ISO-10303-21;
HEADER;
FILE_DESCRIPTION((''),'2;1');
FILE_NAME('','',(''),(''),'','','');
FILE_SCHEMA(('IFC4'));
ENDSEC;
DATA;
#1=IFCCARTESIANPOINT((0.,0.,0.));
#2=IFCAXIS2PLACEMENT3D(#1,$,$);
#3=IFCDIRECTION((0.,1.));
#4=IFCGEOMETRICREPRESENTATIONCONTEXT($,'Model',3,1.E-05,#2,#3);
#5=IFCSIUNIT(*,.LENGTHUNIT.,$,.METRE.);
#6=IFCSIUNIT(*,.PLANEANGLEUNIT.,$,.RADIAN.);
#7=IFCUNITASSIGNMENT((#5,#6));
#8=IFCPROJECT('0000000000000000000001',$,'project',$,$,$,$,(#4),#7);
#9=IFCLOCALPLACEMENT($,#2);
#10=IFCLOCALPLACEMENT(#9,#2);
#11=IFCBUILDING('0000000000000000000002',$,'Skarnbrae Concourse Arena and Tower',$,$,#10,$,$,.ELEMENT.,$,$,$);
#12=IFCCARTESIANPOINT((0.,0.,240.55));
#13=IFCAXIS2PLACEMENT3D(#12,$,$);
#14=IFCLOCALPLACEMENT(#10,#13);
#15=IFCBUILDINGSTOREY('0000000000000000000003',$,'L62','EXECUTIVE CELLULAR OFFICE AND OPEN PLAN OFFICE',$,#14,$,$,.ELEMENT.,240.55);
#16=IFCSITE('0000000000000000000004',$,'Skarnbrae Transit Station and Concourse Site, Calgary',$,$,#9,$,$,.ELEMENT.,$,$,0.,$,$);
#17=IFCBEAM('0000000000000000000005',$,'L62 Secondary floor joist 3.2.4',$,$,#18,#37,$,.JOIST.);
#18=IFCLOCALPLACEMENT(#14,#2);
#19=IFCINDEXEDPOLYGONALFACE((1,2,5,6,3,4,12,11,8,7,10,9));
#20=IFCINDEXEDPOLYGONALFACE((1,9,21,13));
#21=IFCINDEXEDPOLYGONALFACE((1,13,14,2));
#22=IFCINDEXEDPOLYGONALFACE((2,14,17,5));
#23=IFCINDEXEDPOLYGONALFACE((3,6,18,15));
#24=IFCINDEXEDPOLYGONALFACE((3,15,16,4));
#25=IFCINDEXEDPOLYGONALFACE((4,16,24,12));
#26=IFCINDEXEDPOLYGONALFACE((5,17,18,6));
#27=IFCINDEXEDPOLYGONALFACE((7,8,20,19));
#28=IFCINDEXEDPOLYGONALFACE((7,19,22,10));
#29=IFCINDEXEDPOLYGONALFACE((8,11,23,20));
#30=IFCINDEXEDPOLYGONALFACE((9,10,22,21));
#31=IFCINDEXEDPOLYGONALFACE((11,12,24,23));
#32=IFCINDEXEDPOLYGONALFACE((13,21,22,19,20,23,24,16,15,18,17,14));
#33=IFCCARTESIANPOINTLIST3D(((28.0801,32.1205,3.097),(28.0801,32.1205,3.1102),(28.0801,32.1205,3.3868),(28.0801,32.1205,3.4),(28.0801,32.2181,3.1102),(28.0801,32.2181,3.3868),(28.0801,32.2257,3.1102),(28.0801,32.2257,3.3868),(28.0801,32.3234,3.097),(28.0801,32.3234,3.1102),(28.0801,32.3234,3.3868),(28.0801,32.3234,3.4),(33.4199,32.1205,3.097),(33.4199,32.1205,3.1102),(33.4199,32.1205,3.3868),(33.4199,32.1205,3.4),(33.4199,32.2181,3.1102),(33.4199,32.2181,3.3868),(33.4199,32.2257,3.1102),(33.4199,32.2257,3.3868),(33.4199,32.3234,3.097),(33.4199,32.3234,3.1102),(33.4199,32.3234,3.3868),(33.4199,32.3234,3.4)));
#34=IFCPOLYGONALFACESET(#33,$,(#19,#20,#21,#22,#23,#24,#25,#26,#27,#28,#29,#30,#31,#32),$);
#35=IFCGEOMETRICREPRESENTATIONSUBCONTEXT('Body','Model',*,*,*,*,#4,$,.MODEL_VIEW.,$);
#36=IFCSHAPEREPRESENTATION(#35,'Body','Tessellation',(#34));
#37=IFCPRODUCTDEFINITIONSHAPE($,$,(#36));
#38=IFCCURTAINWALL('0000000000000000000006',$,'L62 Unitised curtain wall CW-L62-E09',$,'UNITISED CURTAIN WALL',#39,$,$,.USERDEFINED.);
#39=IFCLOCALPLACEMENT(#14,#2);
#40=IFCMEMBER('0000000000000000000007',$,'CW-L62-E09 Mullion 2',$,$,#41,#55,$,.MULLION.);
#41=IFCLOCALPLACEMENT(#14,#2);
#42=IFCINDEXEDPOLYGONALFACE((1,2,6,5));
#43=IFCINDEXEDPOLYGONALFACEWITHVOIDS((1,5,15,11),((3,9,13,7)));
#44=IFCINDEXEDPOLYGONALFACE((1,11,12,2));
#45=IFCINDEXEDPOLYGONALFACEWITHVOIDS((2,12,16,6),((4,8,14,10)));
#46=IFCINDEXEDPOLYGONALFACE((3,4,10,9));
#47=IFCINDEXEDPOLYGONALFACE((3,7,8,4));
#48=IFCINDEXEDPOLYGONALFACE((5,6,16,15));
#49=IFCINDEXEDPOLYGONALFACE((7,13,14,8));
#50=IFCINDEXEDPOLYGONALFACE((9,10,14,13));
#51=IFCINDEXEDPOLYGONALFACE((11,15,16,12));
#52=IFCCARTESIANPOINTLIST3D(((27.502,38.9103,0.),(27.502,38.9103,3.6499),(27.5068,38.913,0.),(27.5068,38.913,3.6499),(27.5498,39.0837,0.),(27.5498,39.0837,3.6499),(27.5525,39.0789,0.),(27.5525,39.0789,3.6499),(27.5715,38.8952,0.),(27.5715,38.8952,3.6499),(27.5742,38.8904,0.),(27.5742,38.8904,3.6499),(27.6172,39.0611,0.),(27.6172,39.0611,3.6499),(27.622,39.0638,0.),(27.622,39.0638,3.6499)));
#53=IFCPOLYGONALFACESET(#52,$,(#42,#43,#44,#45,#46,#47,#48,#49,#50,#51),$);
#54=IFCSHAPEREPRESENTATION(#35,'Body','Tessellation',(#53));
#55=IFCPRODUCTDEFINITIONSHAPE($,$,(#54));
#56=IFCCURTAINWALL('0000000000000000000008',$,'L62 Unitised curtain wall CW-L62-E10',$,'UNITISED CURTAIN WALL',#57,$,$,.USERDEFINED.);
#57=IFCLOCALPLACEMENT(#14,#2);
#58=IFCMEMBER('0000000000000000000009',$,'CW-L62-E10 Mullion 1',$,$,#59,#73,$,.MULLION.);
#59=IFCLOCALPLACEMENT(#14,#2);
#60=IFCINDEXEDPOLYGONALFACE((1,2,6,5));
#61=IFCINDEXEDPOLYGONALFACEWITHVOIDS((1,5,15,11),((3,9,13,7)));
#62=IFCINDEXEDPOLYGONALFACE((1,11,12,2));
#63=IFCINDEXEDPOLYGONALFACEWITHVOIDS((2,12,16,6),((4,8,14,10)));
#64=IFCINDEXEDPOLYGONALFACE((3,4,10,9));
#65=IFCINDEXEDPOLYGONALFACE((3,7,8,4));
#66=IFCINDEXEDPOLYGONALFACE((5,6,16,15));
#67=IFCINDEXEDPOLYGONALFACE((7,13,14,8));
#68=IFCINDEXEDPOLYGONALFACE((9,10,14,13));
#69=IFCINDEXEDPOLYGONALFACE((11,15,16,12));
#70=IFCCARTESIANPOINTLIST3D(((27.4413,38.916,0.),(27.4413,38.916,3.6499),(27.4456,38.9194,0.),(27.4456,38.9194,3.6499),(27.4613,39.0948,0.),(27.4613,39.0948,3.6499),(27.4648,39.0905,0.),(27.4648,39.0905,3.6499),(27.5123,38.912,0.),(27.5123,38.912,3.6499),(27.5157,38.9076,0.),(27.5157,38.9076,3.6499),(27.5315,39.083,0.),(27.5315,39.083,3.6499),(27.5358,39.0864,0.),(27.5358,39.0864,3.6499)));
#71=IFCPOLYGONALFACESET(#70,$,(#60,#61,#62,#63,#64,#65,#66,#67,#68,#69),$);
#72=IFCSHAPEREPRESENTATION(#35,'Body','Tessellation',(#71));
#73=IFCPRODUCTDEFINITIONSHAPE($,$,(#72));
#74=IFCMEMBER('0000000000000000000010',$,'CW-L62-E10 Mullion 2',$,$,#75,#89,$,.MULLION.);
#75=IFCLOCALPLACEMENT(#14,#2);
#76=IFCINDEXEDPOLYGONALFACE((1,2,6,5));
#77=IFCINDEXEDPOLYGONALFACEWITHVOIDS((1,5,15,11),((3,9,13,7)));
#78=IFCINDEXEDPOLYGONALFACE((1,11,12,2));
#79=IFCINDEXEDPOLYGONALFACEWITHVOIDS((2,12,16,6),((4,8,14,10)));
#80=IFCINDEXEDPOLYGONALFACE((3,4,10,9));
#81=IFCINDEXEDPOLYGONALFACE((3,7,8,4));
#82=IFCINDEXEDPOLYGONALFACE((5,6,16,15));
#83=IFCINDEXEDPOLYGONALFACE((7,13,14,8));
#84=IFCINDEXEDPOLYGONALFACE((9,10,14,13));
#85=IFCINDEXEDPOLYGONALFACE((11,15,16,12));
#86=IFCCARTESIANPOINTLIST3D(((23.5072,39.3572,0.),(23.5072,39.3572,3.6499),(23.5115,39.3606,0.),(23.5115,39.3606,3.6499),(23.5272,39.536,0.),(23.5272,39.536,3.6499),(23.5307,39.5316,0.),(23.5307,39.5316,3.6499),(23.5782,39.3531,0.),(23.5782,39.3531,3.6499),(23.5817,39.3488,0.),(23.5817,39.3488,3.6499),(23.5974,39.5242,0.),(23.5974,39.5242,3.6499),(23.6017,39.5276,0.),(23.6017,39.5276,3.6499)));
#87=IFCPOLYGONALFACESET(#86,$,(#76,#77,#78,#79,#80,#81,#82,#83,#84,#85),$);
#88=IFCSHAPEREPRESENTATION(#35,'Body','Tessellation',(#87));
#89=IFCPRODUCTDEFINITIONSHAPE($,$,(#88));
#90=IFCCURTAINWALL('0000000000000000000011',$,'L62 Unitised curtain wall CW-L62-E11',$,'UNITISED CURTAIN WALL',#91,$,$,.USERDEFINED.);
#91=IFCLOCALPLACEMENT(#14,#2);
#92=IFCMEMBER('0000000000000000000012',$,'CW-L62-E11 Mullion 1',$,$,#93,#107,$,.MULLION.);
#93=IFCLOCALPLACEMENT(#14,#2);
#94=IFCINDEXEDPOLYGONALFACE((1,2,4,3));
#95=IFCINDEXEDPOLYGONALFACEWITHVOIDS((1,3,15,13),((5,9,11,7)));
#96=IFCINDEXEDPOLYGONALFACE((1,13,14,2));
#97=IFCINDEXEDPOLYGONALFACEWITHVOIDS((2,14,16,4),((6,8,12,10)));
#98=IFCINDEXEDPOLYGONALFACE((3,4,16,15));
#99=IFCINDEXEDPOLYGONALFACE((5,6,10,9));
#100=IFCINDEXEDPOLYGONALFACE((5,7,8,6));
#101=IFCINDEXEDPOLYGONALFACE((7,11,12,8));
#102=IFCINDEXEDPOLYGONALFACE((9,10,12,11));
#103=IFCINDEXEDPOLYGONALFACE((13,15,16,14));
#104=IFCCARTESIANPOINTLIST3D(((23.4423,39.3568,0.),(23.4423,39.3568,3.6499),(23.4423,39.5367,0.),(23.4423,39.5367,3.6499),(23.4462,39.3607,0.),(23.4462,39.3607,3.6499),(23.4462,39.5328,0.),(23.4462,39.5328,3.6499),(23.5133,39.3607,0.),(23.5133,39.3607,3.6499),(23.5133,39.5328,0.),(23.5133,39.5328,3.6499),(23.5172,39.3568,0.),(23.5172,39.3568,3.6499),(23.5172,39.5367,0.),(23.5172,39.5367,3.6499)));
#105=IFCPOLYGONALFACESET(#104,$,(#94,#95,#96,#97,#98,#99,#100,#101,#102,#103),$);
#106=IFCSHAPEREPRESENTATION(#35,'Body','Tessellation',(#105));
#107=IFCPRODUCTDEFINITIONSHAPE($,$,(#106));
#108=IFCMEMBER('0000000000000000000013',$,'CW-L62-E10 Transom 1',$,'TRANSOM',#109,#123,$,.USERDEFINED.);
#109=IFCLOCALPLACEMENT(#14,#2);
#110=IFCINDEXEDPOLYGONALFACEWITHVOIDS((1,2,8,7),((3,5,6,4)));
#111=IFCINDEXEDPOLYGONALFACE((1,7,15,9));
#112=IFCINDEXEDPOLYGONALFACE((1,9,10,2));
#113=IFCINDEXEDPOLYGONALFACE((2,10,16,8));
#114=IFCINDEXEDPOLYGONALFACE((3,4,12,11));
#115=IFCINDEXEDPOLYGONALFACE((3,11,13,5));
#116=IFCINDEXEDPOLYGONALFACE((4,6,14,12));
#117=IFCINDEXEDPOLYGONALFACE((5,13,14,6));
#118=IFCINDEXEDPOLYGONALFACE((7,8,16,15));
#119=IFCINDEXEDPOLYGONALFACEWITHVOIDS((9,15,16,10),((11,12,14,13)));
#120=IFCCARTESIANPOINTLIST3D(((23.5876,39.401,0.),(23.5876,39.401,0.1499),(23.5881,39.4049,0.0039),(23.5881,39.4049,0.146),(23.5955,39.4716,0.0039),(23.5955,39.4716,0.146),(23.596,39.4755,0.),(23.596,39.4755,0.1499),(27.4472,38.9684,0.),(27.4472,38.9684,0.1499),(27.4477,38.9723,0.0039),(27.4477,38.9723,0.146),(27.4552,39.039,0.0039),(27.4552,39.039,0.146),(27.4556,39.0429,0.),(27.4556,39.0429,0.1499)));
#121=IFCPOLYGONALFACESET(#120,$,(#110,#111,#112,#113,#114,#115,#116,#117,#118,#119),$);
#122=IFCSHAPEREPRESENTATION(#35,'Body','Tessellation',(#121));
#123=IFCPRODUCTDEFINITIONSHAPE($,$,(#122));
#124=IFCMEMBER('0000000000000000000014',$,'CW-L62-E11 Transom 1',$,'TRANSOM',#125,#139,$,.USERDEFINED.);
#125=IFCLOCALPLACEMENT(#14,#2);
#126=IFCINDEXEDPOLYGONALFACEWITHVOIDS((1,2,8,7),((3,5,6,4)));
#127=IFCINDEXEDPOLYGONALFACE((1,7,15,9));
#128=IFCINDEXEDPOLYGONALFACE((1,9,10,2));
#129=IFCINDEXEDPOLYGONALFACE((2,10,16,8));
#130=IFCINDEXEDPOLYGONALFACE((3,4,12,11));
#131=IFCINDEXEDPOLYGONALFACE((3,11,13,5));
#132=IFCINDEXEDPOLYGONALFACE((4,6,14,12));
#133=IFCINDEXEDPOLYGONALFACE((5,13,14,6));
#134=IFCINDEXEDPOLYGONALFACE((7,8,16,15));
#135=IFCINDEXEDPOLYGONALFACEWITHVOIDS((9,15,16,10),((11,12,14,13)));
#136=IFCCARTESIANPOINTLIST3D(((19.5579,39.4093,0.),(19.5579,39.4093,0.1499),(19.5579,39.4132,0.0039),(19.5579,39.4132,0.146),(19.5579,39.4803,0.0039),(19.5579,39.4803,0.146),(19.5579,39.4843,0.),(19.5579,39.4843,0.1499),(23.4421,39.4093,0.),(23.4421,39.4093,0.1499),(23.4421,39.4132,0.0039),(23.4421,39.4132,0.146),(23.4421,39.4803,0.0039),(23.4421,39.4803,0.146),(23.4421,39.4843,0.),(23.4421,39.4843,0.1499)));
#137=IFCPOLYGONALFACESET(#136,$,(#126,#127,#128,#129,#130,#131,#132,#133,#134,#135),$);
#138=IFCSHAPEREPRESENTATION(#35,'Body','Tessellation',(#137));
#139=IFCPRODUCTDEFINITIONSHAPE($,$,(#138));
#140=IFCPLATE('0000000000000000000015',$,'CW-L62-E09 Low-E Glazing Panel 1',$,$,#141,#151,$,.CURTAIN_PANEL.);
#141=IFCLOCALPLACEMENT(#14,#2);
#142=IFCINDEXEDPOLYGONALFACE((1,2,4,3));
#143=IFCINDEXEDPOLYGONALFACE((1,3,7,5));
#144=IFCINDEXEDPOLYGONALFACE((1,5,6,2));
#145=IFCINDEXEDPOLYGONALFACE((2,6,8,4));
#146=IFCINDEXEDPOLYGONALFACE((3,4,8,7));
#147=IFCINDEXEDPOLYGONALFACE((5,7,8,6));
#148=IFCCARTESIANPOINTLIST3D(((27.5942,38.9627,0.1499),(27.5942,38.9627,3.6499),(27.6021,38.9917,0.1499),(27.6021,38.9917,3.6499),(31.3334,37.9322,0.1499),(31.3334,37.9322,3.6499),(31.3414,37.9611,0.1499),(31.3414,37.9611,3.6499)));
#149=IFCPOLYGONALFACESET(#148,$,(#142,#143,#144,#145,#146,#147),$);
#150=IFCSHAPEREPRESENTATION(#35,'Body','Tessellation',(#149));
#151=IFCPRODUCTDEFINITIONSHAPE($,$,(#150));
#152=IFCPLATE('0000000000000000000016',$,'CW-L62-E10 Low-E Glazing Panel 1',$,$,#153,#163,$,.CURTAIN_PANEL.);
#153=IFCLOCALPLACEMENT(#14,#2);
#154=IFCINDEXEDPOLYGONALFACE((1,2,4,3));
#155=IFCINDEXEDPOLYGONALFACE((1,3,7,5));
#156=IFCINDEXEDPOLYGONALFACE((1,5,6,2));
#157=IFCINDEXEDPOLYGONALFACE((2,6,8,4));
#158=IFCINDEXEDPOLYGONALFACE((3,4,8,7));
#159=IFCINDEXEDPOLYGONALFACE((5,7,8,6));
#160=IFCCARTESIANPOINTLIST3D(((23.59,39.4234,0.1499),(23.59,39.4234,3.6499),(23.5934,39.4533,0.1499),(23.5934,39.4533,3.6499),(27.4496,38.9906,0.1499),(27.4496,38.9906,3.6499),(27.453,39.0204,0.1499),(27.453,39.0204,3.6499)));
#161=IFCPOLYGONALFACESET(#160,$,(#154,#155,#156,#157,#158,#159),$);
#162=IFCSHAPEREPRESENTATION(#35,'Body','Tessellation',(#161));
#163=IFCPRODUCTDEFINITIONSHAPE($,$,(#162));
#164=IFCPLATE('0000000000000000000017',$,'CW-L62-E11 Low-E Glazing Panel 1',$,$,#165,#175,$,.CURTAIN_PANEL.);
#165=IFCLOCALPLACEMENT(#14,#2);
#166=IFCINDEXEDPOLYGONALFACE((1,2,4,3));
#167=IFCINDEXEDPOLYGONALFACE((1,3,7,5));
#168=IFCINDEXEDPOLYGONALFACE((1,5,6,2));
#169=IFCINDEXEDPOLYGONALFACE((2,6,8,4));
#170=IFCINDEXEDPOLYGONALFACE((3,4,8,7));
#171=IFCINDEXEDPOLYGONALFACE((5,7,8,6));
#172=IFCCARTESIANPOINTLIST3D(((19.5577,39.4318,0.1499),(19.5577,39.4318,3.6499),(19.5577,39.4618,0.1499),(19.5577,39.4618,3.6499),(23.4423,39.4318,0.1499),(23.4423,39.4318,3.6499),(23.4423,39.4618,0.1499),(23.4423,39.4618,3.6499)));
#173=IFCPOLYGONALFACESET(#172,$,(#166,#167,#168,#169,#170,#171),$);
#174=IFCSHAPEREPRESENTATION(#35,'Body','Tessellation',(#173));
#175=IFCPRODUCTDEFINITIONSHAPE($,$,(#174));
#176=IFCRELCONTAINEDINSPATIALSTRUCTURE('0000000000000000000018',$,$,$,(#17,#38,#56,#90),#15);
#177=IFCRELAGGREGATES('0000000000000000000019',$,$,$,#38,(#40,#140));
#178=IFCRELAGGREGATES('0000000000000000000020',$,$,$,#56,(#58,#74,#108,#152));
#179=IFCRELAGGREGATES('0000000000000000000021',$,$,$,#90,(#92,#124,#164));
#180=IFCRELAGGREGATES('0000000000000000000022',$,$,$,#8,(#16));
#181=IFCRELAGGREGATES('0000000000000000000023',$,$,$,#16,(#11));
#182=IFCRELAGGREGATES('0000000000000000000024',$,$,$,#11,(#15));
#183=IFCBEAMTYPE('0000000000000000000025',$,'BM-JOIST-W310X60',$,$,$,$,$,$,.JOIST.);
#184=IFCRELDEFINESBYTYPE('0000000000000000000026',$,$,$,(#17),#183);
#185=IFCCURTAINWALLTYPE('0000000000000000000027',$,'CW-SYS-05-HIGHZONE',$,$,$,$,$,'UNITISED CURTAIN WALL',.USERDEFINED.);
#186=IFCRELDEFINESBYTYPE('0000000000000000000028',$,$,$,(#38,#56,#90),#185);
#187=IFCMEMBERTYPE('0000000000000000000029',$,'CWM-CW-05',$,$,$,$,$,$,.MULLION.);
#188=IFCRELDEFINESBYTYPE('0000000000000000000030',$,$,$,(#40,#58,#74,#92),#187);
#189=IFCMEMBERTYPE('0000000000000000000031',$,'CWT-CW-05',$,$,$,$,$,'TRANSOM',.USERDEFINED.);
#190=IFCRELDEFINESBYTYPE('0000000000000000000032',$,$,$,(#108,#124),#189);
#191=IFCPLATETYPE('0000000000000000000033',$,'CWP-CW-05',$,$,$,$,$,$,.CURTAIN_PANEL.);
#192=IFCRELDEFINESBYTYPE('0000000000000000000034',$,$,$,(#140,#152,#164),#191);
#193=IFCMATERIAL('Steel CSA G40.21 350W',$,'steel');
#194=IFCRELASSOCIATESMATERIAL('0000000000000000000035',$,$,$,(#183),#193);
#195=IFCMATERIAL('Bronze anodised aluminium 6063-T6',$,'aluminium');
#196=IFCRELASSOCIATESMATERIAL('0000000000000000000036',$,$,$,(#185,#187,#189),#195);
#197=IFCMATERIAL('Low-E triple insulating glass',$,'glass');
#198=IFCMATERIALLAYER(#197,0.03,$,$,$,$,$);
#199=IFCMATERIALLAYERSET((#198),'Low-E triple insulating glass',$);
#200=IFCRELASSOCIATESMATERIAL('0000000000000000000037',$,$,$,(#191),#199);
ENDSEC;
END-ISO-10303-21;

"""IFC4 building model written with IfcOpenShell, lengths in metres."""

from ifc_helpers import new_model, si_unit, direction, frame, origin, origin_2d, place, context, subcontext, project, spatial, rectangle, hollow_rectangle, i_section, extrude, source, transform, mapped, material, layer, layer_set, material_profile, profile_set, type_object, element, aggregate, save


model = new_model("IFC4")

# Units and contexts
model_context = context("Model", 3, precision=1e-05, world=origin(), true_north=direction((0.0, 1.0)))
body_context = subcontext(model_context, "Body", "Model", "MODEL_VIEW")
ifc_project = project(units=[si_unit("LENGTHUNIT", "METRE"), si_unit("PLANEANGLEUNIT", "RADIAN")], contexts=[model_context])

# Site, building, storey
site_placement = place(None, origin())
site = spatial("IfcSite", under=ifc_project, at=site_placement, Name="Skarnbrae Transit Station and Concourse Site, Calgary", CompositionType="ELEMENT", RefElevation=0.0)
building_placement = place(site_placement, origin())
building = spatial("IfcBuilding", under=site, at=building_placement, Name="Skarnbrae Concourse Arena and Tower", CompositionType="ELEMENT")
storey_placement = place(building_placement, frame((0.0, 0.0, 240.55)))
storey = spatial("IfcBuildingStorey", under=building, at=storey_placement, Name="L62", Description="EXECUTIVE CELLULAR OFFICE AND OPEN PLAN OFFICE", CompositionType="ELEMENT", Elevation=240.55)

# Shared definitions
ifc_material_1 = material(Name="Steel CSA G40.21 350W", Category="steel")

# Beam
ifc_material_profile_1 = material_profile(ifc_material_1, i_section(OverallWidth=0.2029, OverallDepth=0.303, WebThickness=0.0076, FlangeThickness=0.0132, at=origin_2d()), Name="W310X60")
ifc_profile_set_1 = profile_set([ifc_material_profile_1], Name="Steel CSA G40.21 350W")
beam_type_1 = type_object("IfcBeamType", Name="BM-JOIST-W310X60", PredefinedType="JOIST", material=ifc_profile_set_1)
shared_shape_1 = source(origin(), body_context, "Body", "SweptSolid", [
    extrude(i_section(OverallWidth=0.2029, OverallDepth=0.303, WebThickness=0.0076, FlangeThickness=0.0132, at=origin_2d()), origin(), (0.0, 0.0, 1.0), 5.3398),
])
for number, where, z_axis, x_axis, name in (
    (1, (28.0801, 32.2219, 3.2485), (1.0, 0.0, 0.0), (0.0, 1.0, 0.0), "L62 Secondary floor joist 3.2.4"),
):
    element("IfcBeam", number, at=place(storey_placement, frame(where, z_axis=z_axis, x_axis=x_axis)), inside=storey, type_object=beam_type_1, Name=name, PredefinedType="JOIST", context=body_context, shape_type="MappedRepresentation", body=[
        mapped(shared_shape_1, transform((0.0, 0.0, 0.0))),
    ])

# Curtain wall, member
ifc_material_2 = material(Name="Bronze anodised aluminium 6063-T6", Category="aluminium")
curtain_wall_type = type_object("IfcCurtainWallType", Name="CW-SYS-05-HIGHZONE", ElementType="UNITISED CURTAIN WALL", PredefinedType="USERDEFINED", material=ifc_material_2)
curtain_wall_1_placement = place(storey_placement, origin())
curtain_wall_1 = element("IfcCurtainWall", 2, at=curtain_wall_1_placement, inside=storey, type_object=curtain_wall_type, Name="L62 Unitised curtain wall CW-L62-E09", ObjectType="UNITISED CURTAIN WALL", PredefinedType="USERDEFINED")
ifc_material_profile_2 = material_profile(ifc_material_2, hollow_rectangle(XDim=0.075, YDim=0.1799, WallThickness=0.0039, at=origin_2d()), Name="ALU-MULL-75X180")
ifc_profile_set_2 = profile_set([ifc_material_profile_2], Name="Bronze anodised aluminium 6063-T6")
member_type_1 = type_object("IfcMemberType", Name="CWM-CW-05", PredefinedType="MULLION", material=ifc_profile_set_2)
shared_shape_2 = source(origin(), body_context, "Body", "SweptSolid", [
    extrude(hollow_rectangle(XDim=0.075, YDim=0.1799, WallThickness=0.0039, at=origin_2d()), origin(), (0.0, 0.0, 1.0), 3.6499),
])
member_1_placement = place(storey_placement, frame((27.562, 38.9871, 0.0), z_axis=(0.0, 0.0, 1.0), x_axis=(-0.964057, 0.265694, 0.0)))
member_1 = element("IfcMember", 3, at=member_1_placement, type_object=member_type_1, Name="CW-L62-E09 Mullion 2", PredefinedType="MULLION", context=body_context, shape_type="MappedRepresentation", body=[
    mapped(shared_shape_2, transform((0.0, 0.0, 0.0))),
])

# Curtain wall, members
curtain_wall_2_placement = place(storey_placement, origin())
curtain_wall_2 = element("IfcCurtainWall", 4, at=curtain_wall_2_placement, inside=storey, type_object=curtain_wall_type, Name="L62 Unitised curtain wall CW-L62-E10", ObjectType="UNITISED CURTAIN WALL", PredefinedType="USERDEFINED")
member_2_placement = place(storey_placement, frame((27.4885, 39.0012, 0.0), z_axis=(0.0, 0.0, 1.0), x_axis=(-0.993769, 0.11146, 0.0)))
member_2 = element("IfcMember", 5, at=member_2_placement, type_object=member_type_1, Name="CW-L62-E10 Mullion 1", PredefinedType="MULLION", context=body_context, shape_type="MappedRepresentation", body=[
    mapped(shared_shape_2, transform((0.0, 0.0, 0.0))),
])
member_3_placement = place(storey_placement, frame((23.5544, 39.4424, 0.0), z_axis=(0.0, 0.0, 1.0), x_axis=(-0.993769, 0.11146, 0.0)))
member_3 = element("IfcMember", 6, at=member_3_placement, type_object=member_type_1, Name="CW-L62-E10 Mullion 2", PredefinedType="MULLION", context=body_context, shape_type="MappedRepresentation", body=[
    mapped(shared_shape_2, transform((0.0, 0.0, 0.0))),
])

# Curtain wall, member
curtain_wall_3_placement = place(storey_placement, origin())
curtain_wall_3 = element("IfcCurtainWall", 7, at=curtain_wall_3_placement, inside=storey, type_object=curtain_wall_type, Name="L62 Unitised curtain wall CW-L62-E11", ObjectType="UNITISED CURTAIN WALL", PredefinedType="USERDEFINED")
member_4_placement = place(storey_placement, frame((23.4797, 39.4468, 0.0), z_axis=(0.0, 0.0, 1.0), x_axis=(-1.0, 0.0, 0.0)))
member_4 = element("IfcMember", 8, at=member_4_placement, type_object=member_type_1, Name="CW-L62-E11 Mullion 1", PredefinedType="MULLION", context=body_context, shape_type="MappedRepresentation", body=[
    mapped(shared_shape_2, transform((0.0, 0.0, 0.0))),
])

# Members
ifc_material_profile_3 = material_profile(ifc_material_2, hollow_rectangle(XDim=0.075, YDim=0.1499, WallThickness=0.0039, at=origin_2d()), Name="ALU-TRAN-75X150")
ifc_profile_set_3 = profile_set([ifc_material_profile_3], Name="Bronze anodised aluminium 6063-T6")
member_type_2 = type_object("IfcMemberType", Name="CWT-CW-05", ElementType="TRANSOM", PredefinedType="USERDEFINED", material=ifc_profile_set_3)
shared_shape_3 = source(origin(), body_context, "Body", "SweptSolid", [
    extrude(hollow_rectangle(XDim=0.075, YDim=0.1499, WallThickness=0.0039, at=origin_2d()), origin(), (0.0, 0.0, 1.0), 3.8838),
])
member_5_placement = place(storey_placement, frame((27.4514, 39.0056, 0.075), z_axis=(-0.993777, 0.11139, 0.0), x_axis=(-0.11139, -0.993777, 0.0)))
member_5 = element("IfcMember", 9, at=member_5_placement, type_object=member_type_2, Name="CW-L62-E10 Transom 1", ObjectType="TRANSOM", PredefinedType="USERDEFINED", context=body_context, shape_type="MappedRepresentation", body=[
    mapped(shared_shape_3, transform((0.0, 0.0, 0.0))),
])
shared_shape_4 = source(origin(), body_context, "Body", "SweptSolid", [
    extrude(hollow_rectangle(XDim=0.075, YDim=0.1499, WallThickness=0.0039, at=origin_2d()), origin(), (0.0, 0.0, 1.0), 3.8843),
])
member_6_placement = place(storey_placement, frame((23.4421, 39.4468, 0.075), z_axis=(-1.0, 0.0, 0.0), x_axis=(0.0, -1.0, 0.0)))
member_6 = element("IfcMember", 10, at=member_6_placement, type_object=member_type_2, Name="CW-L62-E11 Transom 1", ObjectType="TRANSOM", PredefinedType="USERDEFINED", context=body_context, shape_type="MappedRepresentation", body=[
    mapped(shared_shape_4, transform((0.0, 0.0, 0.0))),
])

# Plates
ifc_material_3 = material(Name="Low-E triple insulating glass", Category="glass")
ifc_layer_1 = layer(ifc_material_3, 0.03)
ifc_layer_set_1 = layer_set([ifc_layer_1], Name="Low-E triple insulating glass")
plate_type = type_object("IfcPlateType", Name="CWP-CW-05", PredefinedType="CURTAIN_PANEL", material=ifc_layer_set_1)
shared_shape_5 = source(origin(), body_context, "Body", "SweptSolid", [
    extrude(rectangle(XDim=3.8787, YDim=0.03, at=origin_2d()), origin(), (0.0, 0.0, 1.0), 3.5),
])
plate_1_placement = place(storey_placement, frame((29.4678, 38.4619, 0.1499), z_axis=(0.0, 0.0, 1.0), x_axis=(-0.964057, 0.265694, 0.0)))
plate_1 = element("IfcPlate", 11, at=plate_1_placement, type_object=plate_type, Name="CW-L62-E09 Low-E Glazing Panel 1", PredefinedType="CURTAIN_PANEL", context=body_context, shape_type="MappedRepresentation", body=[
    mapped(shared_shape_5, transform((0.0, 0.0, 0.0))),
])
aggregate(curtain_wall_1, [member_1, plate_1])
shared_shape_6 = source(origin(), body_context, "Body", "SweptSolid", [
    extrude(rectangle(XDim=3.8838, YDim=0.03, at=origin_2d()), origin(), (0.0, 0.0, 1.0), 3.5),
])
plate_2_placement = place(storey_placement, frame((25.5215, 39.2219, 0.1499), z_axis=(0.0, 0.0, 1.0), x_axis=(-0.993769, 0.11146, 0.0)))
plate_2 = element("IfcPlate", 12, at=plate_2_placement, type_object=plate_type, Name="CW-L62-E10 Low-E Glazing Panel 1", PredefinedType="CURTAIN_PANEL", context=body_context, shape_type="MappedRepresentation", body=[
    mapped(shared_shape_6, transform((0.0, 0.0, 0.0))),
])
aggregate(curtain_wall_2, [member_2, member_3, member_5, plate_2])
shared_shape_7 = source(origin(), body_context, "Body", "SweptSolid", [
    extrude(rectangle(XDim=3.8845, YDim=0.03, at=origin_2d()), origin(), (0.0, 0.0, 1.0), 3.5),
])
plate_3_placement = place(storey_placement, frame((21.5, 39.4468, 0.1499), z_axis=(0.0, 0.0, 1.0), x_axis=(-1.0, 0.0, 0.0)))
plate_3 = element("IfcPlate", 13, at=plate_3_placement, type_object=plate_type, Name="CW-L62-E11 Low-E Glazing Panel 1", PredefinedType="CURTAIN_PANEL", context=body_context, shape_type="MappedRepresentation", body=[
    mapped(shared_shape_7, transform((0.0, 0.0, 0.0))),
])
aggregate(curtain_wall_3, [member_4, member_6, plate_3])

save(model, "model.ifc")
